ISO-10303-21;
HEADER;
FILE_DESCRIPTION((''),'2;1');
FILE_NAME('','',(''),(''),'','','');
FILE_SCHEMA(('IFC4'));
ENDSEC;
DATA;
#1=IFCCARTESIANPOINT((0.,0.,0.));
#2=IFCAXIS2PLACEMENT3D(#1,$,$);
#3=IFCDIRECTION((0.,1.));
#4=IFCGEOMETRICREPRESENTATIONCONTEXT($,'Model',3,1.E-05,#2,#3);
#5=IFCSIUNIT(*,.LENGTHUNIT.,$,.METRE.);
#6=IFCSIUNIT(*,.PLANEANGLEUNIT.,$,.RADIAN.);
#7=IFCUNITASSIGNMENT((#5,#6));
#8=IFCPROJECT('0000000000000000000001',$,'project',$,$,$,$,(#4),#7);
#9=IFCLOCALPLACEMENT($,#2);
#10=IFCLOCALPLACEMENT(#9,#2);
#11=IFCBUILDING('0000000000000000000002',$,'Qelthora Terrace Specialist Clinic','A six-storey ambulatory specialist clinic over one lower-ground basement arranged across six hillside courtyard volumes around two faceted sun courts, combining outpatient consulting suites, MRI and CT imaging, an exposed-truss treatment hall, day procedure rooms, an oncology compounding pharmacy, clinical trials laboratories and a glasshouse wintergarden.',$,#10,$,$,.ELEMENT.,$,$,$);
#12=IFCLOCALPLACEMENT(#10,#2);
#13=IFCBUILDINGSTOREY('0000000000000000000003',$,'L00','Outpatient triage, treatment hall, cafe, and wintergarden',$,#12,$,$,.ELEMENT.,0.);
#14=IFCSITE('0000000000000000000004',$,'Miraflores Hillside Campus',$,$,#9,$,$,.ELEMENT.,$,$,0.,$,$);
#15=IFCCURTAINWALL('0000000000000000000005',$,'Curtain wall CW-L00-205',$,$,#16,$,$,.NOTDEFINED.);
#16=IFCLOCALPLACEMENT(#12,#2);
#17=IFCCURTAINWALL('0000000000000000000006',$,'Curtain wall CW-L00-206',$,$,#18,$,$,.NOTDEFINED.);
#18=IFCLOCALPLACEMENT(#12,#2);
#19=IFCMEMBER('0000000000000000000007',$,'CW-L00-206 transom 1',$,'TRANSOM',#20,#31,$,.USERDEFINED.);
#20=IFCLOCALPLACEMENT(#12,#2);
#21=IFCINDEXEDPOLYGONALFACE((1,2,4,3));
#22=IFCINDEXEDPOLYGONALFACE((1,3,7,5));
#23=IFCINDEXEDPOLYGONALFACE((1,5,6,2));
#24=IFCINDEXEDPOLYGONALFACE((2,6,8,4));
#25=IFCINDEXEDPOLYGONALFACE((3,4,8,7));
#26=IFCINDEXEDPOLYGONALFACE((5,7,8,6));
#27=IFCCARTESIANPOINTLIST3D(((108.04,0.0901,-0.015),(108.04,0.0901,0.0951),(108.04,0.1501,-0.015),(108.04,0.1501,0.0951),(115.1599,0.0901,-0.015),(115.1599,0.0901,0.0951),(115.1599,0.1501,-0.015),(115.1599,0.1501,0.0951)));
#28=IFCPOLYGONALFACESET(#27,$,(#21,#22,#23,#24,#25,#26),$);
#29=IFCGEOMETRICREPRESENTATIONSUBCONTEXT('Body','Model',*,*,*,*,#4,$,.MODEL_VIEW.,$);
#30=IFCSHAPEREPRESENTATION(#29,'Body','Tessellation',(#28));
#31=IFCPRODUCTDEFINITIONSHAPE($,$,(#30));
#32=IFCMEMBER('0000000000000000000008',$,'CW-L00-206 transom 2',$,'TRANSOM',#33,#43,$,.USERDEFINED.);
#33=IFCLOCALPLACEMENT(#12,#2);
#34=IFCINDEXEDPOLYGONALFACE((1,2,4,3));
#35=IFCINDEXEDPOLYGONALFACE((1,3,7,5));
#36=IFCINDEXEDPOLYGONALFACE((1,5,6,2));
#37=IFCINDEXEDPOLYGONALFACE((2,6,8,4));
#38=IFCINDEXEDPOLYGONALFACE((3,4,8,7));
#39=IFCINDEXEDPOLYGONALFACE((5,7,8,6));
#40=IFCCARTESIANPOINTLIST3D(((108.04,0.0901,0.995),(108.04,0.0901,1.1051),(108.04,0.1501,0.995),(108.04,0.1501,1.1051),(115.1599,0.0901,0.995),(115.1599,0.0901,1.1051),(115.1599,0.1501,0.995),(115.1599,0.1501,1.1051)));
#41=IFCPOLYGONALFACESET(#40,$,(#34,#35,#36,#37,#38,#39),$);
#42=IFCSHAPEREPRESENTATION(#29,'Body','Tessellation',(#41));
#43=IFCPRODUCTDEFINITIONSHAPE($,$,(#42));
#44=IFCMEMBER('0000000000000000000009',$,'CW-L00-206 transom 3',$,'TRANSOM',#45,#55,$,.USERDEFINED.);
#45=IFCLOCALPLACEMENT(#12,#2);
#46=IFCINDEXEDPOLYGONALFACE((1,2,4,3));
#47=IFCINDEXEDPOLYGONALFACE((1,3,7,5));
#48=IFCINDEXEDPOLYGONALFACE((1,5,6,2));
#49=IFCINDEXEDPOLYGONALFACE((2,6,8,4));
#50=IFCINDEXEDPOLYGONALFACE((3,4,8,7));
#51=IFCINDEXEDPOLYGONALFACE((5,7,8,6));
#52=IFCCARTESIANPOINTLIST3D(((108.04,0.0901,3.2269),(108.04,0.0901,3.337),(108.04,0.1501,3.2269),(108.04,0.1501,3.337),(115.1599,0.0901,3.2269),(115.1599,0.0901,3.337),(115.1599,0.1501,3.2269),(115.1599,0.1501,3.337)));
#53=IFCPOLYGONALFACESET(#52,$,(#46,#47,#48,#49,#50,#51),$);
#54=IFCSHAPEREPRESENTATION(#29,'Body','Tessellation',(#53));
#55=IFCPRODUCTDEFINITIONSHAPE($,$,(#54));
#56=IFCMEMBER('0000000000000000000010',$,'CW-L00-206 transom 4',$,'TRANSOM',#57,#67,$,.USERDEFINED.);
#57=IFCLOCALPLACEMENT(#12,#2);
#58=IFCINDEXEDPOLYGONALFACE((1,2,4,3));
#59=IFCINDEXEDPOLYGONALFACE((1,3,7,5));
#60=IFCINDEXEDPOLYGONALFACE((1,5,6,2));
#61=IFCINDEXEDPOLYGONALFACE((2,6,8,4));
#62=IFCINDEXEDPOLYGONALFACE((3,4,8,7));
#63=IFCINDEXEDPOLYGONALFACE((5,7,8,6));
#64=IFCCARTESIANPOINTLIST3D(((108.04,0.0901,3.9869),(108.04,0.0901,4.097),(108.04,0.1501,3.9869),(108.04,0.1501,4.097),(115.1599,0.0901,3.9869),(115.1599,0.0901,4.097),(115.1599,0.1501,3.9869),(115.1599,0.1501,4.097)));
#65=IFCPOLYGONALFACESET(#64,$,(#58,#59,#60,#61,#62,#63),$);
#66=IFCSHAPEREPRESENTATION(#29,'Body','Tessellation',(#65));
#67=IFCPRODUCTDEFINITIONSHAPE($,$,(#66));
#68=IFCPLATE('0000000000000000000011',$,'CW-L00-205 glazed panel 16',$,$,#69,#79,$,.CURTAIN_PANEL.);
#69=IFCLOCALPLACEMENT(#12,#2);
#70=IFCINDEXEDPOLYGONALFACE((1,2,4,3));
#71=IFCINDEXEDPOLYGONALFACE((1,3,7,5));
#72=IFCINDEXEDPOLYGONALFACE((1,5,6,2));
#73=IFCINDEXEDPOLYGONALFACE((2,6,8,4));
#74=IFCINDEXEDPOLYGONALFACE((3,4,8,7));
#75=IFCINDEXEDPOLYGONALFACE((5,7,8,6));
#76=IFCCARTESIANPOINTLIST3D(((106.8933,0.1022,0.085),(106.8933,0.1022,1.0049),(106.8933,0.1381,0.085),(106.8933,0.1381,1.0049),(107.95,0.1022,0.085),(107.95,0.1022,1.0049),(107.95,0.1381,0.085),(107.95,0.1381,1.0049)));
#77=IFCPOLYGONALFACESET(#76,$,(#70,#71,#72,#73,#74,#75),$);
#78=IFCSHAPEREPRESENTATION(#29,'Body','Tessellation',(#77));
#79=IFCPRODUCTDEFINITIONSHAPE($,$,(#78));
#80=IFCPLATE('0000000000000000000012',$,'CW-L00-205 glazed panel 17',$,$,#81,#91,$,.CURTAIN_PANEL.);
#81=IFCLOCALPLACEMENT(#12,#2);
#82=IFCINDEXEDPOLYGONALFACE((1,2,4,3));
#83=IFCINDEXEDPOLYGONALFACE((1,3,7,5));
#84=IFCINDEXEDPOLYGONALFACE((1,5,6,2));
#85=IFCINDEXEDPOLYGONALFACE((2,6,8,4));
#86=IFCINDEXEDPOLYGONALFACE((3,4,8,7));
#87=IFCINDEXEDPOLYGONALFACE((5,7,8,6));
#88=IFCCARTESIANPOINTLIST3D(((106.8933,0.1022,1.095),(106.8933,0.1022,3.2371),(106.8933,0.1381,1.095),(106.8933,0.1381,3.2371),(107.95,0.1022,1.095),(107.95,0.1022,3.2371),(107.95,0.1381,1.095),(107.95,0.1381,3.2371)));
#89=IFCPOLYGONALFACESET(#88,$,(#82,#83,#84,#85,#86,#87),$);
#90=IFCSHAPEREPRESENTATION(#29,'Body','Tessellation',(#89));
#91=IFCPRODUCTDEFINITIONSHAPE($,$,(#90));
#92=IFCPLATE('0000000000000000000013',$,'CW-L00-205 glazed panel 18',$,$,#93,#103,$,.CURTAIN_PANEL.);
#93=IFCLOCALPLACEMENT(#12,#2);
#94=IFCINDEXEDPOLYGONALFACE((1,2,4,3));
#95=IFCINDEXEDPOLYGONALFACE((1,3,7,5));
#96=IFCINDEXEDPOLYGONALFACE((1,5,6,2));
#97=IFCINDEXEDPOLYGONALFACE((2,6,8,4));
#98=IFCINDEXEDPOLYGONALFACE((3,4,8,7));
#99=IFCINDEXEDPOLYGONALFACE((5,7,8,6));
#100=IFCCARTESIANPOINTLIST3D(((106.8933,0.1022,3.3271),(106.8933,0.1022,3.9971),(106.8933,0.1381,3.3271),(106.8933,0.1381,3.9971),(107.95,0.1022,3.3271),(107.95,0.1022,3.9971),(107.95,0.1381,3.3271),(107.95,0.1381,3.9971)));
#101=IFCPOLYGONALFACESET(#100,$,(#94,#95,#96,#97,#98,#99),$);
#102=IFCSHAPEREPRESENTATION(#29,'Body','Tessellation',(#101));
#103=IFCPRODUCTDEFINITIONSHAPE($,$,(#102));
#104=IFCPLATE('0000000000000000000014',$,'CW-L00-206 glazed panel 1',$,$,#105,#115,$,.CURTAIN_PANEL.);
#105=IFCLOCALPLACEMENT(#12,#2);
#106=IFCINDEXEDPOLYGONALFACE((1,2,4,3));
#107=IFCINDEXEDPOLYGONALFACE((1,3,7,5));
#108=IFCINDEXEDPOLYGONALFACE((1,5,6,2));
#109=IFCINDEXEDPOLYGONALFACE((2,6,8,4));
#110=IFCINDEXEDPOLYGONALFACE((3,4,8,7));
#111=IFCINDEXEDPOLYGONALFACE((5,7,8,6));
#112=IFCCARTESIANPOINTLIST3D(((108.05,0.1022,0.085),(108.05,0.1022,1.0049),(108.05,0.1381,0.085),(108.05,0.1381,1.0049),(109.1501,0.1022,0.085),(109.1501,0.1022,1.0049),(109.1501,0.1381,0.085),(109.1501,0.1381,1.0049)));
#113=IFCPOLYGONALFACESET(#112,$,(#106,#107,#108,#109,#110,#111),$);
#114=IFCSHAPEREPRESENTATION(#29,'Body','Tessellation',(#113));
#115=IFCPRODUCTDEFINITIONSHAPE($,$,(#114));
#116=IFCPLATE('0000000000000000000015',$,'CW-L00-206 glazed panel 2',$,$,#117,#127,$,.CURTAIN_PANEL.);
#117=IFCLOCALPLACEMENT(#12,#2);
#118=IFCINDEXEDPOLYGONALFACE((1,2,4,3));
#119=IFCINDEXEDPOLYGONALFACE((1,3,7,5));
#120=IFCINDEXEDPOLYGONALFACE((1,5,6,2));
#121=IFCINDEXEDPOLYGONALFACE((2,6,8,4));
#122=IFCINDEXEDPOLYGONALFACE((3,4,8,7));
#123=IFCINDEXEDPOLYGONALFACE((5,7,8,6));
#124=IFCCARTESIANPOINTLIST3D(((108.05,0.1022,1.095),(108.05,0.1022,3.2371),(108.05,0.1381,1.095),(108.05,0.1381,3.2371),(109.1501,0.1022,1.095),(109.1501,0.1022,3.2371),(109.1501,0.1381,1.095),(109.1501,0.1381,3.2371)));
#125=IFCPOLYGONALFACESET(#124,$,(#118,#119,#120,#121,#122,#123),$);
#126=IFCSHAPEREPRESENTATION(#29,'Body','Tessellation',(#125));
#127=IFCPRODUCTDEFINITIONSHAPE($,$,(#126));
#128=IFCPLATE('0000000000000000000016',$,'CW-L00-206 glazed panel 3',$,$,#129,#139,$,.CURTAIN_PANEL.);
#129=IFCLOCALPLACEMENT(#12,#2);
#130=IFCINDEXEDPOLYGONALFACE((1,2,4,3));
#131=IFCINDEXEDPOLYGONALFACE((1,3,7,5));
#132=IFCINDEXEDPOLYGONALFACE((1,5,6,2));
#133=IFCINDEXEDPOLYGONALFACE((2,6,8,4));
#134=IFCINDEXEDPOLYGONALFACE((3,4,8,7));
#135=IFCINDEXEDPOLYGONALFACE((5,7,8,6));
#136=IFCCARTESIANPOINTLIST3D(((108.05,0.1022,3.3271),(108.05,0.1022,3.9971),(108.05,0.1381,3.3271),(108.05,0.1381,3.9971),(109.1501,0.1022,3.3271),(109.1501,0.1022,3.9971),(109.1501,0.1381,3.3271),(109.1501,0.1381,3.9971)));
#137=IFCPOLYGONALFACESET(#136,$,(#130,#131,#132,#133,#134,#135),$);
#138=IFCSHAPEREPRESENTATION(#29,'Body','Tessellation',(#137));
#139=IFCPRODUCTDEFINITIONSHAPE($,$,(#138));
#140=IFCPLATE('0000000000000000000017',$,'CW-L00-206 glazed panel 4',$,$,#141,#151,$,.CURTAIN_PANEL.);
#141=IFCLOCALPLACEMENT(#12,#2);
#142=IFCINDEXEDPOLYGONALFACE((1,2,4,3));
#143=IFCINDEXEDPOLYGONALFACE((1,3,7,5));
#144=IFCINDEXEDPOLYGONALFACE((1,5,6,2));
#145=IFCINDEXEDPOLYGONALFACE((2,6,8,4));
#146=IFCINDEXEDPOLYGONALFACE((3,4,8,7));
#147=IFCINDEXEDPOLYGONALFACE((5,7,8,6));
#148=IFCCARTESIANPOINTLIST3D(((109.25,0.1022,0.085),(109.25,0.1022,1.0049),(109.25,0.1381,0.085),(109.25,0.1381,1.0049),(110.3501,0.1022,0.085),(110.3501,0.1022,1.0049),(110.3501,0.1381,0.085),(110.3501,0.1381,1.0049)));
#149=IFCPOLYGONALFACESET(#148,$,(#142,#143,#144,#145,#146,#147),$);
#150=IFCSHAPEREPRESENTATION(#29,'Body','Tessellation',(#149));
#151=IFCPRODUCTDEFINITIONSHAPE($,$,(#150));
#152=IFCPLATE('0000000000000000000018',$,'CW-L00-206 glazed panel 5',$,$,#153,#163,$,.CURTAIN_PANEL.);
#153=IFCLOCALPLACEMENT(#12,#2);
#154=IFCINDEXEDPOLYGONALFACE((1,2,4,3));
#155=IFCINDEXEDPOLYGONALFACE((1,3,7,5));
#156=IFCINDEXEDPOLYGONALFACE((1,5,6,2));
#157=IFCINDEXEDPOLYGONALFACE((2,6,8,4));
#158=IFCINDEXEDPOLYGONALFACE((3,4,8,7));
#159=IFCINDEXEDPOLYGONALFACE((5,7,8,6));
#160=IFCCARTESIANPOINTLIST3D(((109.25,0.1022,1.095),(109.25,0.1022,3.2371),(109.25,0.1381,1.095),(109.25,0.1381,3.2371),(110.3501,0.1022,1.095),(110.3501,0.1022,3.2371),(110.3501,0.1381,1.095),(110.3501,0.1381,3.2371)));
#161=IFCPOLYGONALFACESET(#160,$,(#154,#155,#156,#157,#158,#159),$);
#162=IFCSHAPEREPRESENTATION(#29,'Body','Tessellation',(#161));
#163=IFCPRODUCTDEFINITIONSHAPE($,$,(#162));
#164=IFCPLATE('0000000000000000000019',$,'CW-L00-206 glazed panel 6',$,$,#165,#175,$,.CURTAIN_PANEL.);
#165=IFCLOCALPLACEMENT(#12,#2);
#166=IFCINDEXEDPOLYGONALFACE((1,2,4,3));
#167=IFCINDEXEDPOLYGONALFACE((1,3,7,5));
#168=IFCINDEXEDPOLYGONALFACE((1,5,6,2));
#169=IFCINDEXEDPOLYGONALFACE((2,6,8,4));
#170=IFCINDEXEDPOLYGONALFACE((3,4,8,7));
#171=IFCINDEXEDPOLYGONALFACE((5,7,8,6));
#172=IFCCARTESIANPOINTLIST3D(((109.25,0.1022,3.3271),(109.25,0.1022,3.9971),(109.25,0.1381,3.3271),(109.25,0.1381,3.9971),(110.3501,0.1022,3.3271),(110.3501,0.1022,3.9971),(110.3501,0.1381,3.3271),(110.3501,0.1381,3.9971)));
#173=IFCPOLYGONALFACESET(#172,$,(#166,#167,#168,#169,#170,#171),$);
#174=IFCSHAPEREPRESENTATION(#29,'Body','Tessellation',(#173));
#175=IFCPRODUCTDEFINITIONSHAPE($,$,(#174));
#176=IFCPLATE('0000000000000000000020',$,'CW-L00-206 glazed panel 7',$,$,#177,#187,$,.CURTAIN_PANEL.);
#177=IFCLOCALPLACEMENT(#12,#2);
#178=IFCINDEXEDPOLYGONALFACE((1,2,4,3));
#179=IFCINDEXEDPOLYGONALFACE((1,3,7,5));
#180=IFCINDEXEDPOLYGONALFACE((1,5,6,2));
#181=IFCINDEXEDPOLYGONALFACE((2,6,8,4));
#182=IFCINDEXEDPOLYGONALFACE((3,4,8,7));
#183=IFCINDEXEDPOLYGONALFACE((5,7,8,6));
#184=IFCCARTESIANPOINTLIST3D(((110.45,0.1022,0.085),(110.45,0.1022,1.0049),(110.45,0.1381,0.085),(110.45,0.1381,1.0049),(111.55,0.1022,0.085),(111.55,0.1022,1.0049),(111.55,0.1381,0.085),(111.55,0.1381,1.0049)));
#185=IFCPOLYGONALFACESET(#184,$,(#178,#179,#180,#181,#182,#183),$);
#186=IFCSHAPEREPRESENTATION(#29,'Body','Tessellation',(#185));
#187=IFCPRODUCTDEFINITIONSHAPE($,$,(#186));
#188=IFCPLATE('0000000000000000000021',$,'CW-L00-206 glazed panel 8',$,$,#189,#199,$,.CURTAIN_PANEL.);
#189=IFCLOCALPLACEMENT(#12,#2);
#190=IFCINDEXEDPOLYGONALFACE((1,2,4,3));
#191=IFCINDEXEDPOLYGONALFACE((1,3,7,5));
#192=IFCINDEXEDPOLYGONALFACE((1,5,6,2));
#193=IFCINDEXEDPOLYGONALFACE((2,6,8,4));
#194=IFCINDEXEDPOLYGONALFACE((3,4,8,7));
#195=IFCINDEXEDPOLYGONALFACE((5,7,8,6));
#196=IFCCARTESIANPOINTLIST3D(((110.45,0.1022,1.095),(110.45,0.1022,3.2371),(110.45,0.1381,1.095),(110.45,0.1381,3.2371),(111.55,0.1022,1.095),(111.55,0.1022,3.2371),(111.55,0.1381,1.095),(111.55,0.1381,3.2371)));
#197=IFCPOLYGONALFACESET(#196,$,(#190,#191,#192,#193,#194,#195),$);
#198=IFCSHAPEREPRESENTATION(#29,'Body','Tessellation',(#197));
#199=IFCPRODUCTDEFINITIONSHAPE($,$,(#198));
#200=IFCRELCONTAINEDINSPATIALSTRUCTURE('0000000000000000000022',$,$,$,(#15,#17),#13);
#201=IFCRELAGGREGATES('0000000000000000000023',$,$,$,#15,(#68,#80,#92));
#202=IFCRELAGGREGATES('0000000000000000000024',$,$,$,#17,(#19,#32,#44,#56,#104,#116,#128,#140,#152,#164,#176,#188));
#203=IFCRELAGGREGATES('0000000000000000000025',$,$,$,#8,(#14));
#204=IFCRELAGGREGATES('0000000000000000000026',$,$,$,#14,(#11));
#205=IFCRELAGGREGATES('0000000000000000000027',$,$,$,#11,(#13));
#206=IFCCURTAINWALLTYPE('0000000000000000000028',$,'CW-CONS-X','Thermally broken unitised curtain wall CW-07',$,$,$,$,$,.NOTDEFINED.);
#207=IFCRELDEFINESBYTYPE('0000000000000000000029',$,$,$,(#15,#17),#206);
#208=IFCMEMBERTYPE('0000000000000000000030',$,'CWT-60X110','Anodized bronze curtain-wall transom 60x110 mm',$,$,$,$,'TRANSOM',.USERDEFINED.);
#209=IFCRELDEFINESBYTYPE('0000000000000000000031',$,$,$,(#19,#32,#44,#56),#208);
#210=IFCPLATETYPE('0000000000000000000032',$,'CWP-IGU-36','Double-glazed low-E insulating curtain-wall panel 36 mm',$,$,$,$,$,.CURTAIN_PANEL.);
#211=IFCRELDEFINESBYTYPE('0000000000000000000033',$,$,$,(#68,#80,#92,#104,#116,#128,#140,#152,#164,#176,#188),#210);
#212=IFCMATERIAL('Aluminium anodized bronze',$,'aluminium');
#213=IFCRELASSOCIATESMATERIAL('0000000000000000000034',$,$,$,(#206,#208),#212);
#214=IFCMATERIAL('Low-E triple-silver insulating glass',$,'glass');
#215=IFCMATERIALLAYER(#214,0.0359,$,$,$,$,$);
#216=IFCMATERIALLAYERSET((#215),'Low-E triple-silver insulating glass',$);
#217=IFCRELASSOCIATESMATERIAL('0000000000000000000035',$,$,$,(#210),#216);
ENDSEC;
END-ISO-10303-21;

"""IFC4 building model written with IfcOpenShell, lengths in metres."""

from ifc_helpers import new_model, si_unit, direction, frame, origin, origin_2d, place, context, subcontext, project, spatial, rectangle, extrude, material, layer, layer_set, material_profile, profile_set, type_object, element, aggregate, save


model = new_model("IFC4")

# Units and contexts
model_context = context("Model", 3, precision=1e-05, world=origin(), true_north=direction((0.0, 1.0)))
body_context = subcontext(model_context, "Body", "Model", "MODEL_VIEW")
ifc_project = project(units=[si_unit("LENGTHUNIT", "METRE"), si_unit("PLANEANGLEUNIT", "RADIAN")], contexts=[model_context])

# Site, building, storey
site_placement = place(None, origin())
site = spatial("IfcSite", under=ifc_project, at=site_placement, Name="Miraflores Hillside Campus", CompositionType="ELEMENT", RefElevation=0.0)
building_placement = place(site_placement, origin())
building = spatial("IfcBuilding", under=site, at=building_placement, Name="Qelthora Terrace Specialist Clinic", Description="A six-storey ambulatory specialist clinic over one lower-ground basement arranged across six hillside courtyard volumes around two faceted sun courts, combining outpatient consulting suites, MRI and CT imaging, an exposed-truss treatment hall, day procedure rooms, an oncology compounding pharmacy, clinical trials laboratories and a glasshouse wintergarden.", CompositionType="ELEMENT")
storey_placement = place(building_placement, origin())
storey = spatial("IfcBuildingStorey", under=building, at=storey_placement, Name="L00", Description="Outpatient triage, treatment hall, cafe, and wintergarden", CompositionType="ELEMENT", Elevation=0.0)

# Curtain wall
ifc_material_1 = material(Name="Aluminium anodized bronze", Category="aluminium")
curtain_wall_type = type_object("IfcCurtainWallType", Name="CW-CONS-X", Description="Thermally broken unitised curtain wall CW-07", PredefinedType="NOTDEFINED", material=ifc_material_1)
curtain_wall_1_placement = place(storey_placement, origin())
curtain_wall_1 = element("IfcCurtainWall", 1, at=curtain_wall_1_placement, inside=storey, type_object=curtain_wall_type, Name="Curtain wall CW-L00-205", PredefinedType="NOTDEFINED")

# Curtain wall, members
curtain_wall_2_placement = place(storey_placement, origin())
curtain_wall_2 = element("IfcCurtainWall", 2, at=curtain_wall_2_placement, inside=storey, type_object=curtain_wall_type, Name="Curtain wall CW-L00-206", PredefinedType="NOTDEFINED")
ifc_material_profile_1 = material_profile(ifc_material_1, rectangle(XDim=0.0601, YDim=0.1101, at=origin_2d()), Name="CWT60X110")
ifc_profile_set_1 = profile_set([ifc_material_profile_1], Name="Aluminium anodized bronze")
member_type_1 = type_object("IfcMemberType", Name="CWT-60X110", Description="Anodized bronze curtain-wall transom 60x110 mm", ElementType="TRANSOM", PredefinedType="USERDEFINED", material=ifc_profile_set_1)
member_1_placement = place(storey_placement, frame((108.04, 0.1201, 0.04), z_axis=(1.0, 0.0, 0.0), x_axis=(0.0, 1.0, 0.0)))
member_1 = element("IfcMember", 3, at=member_1_placement, type_object=member_type_1, Name="CW-L00-206 transom 1", ObjectType="TRANSOM", PredefinedType="USERDEFINED", context=body_context, shape_type="SweptSolid", body=[
    extrude(rectangle(XDim=0.0601, YDim=0.1101, at=origin_2d()), origin(), (0.0, 0.0, 1.0), 7.1199),
])
member_2_placement = place(storey_placement, frame((108.04, 0.1201, 1.05), z_axis=(1.0, 0.0, 0.0), x_axis=(0.0, 1.0, 0.0)))
member_2 = element("IfcMember", 4, at=member_2_placement, type_object=member_type_1, Name="CW-L00-206 transom 2", ObjectType="TRANSOM", PredefinedType="USERDEFINED", context=body_context, shape_type="SweptSolid", body=[
    extrude(rectangle(XDim=0.0601, YDim=0.1101, at=origin_2d()), origin(), (0.0, 0.0, 1.0), 7.1199),
])
member_3_placement = place(storey_placement, frame((108.04, 0.1201, 3.282), z_axis=(1.0, 0.0, 0.0), x_axis=(0.0, 1.0, 0.0)))
member_3 = element("IfcMember", 5, at=member_3_placement, type_object=member_type_1, Name="CW-L00-206 transom 3", ObjectType="TRANSOM", PredefinedType="USERDEFINED", context=body_context, shape_type="SweptSolid", body=[
    extrude(rectangle(XDim=0.0601, YDim=0.1101, at=origin_2d()), origin(), (0.0, 0.0, 1.0), 7.1199),
])
member_4_placement = place(storey_placement, frame((108.04, 0.1201, 4.042), z_axis=(1.0, 0.0, 0.0), x_axis=(0.0, 1.0, 0.0)))
member_4 = element("IfcMember", 6, at=member_4_placement, type_object=member_type_1, Name="CW-L00-206 transom 4", ObjectType="TRANSOM", PredefinedType="USERDEFINED", context=body_context, shape_type="SweptSolid", body=[
    extrude(rectangle(XDim=0.0601, YDim=0.1101, at=origin_2d()), origin(), (0.0, 0.0, 1.0), 7.1199),
])

# Plates
ifc_material_2 = material(Name="Low-E triple-silver insulating glass", Category="glass")
ifc_layer_1 = layer(ifc_material_2, 0.0359)
ifc_layer_set_1 = layer_set([ifc_layer_1], Name="Low-E triple-silver insulating glass")
plate_type_1 = type_object("IfcPlateType", Name="CWP-IGU-36", Description="Double-glazed low-E insulating curtain-wall panel 36 mm", PredefinedType="CURTAIN_PANEL", material=ifc_layer_set_1)
plate_1_placement = place(storey_placement, frame((107.4216, 0.1201, 0.085), z_axis=(0.0, 0.0, 1.0), x_axis=(1.0, 0.0, 0.0)))
plate_1 = element("IfcPlate", 7, at=plate_1_placement, type_object=plate_type_1, Name="CW-L00-205 glazed panel 16", PredefinedType="CURTAIN_PANEL", context=body_context, shape_type="SweptSolid", body=[
    extrude(rectangle(XDim=1.0566, YDim=0.0359, at=origin_2d()), origin(), (0.0, 0.0, 1.0), 0.9199),
])
plate_2_placement = place(storey_placement, frame((107.4216, 0.1201, 1.095), z_axis=(0.0, 0.0, 1.0), x_axis=(1.0, 0.0, 0.0)))
plate_2 = element("IfcPlate", 8, at=plate_2_placement, type_object=plate_type_1, Name="CW-L00-205 glazed panel 17", PredefinedType="CURTAIN_PANEL", context=body_context, shape_type="SweptSolid", body=[
    extrude(rectangle(XDim=1.0566, YDim=0.0359, at=origin_2d()), origin(), (0.0, 0.0, 1.0), 2.1421),
])
plate_3_placement = place(storey_placement, frame((107.4216, 0.1201, 3.3271), z_axis=(0.0, 0.0, 1.0), x_axis=(1.0, 0.0, 0.0)))
plate_3 = element("IfcPlate", 9, at=plate_3_placement, type_object=plate_type_1, Name="CW-L00-205 glazed panel 18", PredefinedType="CURTAIN_PANEL", context=body_context, shape_type="SweptSolid", body=[
    extrude(rectangle(XDim=1.0566, YDim=0.0359, at=origin_2d()), origin(), (0.0, 0.0, 1.0), 0.6699),
])
aggregate(curtain_wall_1, [plate_1, plate_2, plate_3])
plate_4_placement = place(storey_placement, frame((108.6001, 0.1201, 0.085), z_axis=(0.0, 0.0, 1.0), x_axis=(1.0, 0.0, 0.0)))
plate_4 = element("IfcPlate", 10, at=plate_4_placement, type_object=plate_type_1, Name="CW-L00-206 glazed panel 1", PredefinedType="CURTAIN_PANEL", context=body_context, shape_type="SweptSolid", body=[
    extrude(rectangle(XDim=1.1001, YDim=0.0359, at=origin_2d()), origin(), (0.0, 0.0, 1.0), 0.9199),
])
plate_5_placement = place(storey_placement, frame((108.6001, 0.1201, 1.095), z_axis=(0.0, 0.0, 1.0), x_axis=(1.0, 0.0, 0.0)))
plate_5 = element("IfcPlate", 11, at=plate_5_placement, type_object=plate_type_1, Name="CW-L00-206 glazed panel 2", PredefinedType="CURTAIN_PANEL", context=body_context, shape_type="SweptSolid", body=[
    extrude(rectangle(XDim=1.1001, YDim=0.0359, at=origin_2d()), origin(), (0.0, 0.0, 1.0), 2.1421),
])
plate_6_placement = place(storey_placement, frame((108.6001, 0.1201, 3.3271), z_axis=(0.0, 0.0, 1.0), x_axis=(1.0, 0.0, 0.0)))
plate_6 = element("IfcPlate", 12, at=plate_6_placement, type_object=plate_type_1, Name="CW-L00-206 glazed panel 3", PredefinedType="CURTAIN_PANEL", context=body_context, shape_type="SweptSolid", body=[
    extrude(rectangle(XDim=1.1001, YDim=0.0359, at=origin_2d()), origin(), (0.0, 0.0, 1.0), 0.6699),
])
plate_7_placement = place(storey_placement, frame((109.8, 0.1201, 0.085), z_axis=(0.0, 0.0, 1.0), x_axis=(1.0, 0.0, 0.0)))
plate_7 = element("IfcPlate", 13, at=plate_7_placement, type_object=plate_type_1, Name="CW-L00-206 glazed panel 4", PredefinedType="CURTAIN_PANEL", context=body_context, shape_type="SweptSolid", body=[
    extrude(rectangle(XDim=1.1001, YDim=0.0359, at=origin_2d()), origin(), (0.0, 0.0, 1.0), 0.9199),
])
plate_8_placement = place(storey_placement, frame((109.8, 0.1201, 1.095), z_axis=(0.0, 0.0, 1.0), x_axis=(1.0, 0.0, 0.0)))
plate_8 = element("IfcPlate", 14, at=plate_8_placement, type_object=plate_type_1, Name="CW-L00-206 glazed panel 5", PredefinedType="CURTAIN_PANEL", context=body_context, shape_type="SweptSolid", body=[
    extrude(rectangle(XDim=1.1001, YDim=0.0359, at=origin_2d()), origin(), (0.0, 0.0, 1.0), 2.1421),
])
plate_9_placement = place(storey_placement, frame((109.8, 0.1201, 3.3271), z_axis=(0.0, 0.0, 1.0), x_axis=(1.0, 0.0, 0.0)))
plate_9 = element("IfcPlate", 15, at=plate_9_placement, type_object=plate_type_1, Name="CW-L00-206 glazed panel 6", PredefinedType="CURTAIN_PANEL", context=body_context, shape_type="SweptSolid", body=[
    extrude(rectangle(XDim=1.1001, YDim=0.0359, at=origin_2d()), origin(), (0.0, 0.0, 1.0), 0.6699),
])
plate_10_placement = place(storey_placement, frame((111.0, 0.1201, 0.085), z_axis=(0.0, 0.0, 1.0), x_axis=(1.0, 0.0, 0.0)))
plate_10 = element("IfcPlate", 16, at=plate_10_placement, type_object=plate_type_1, Name="CW-L00-206 glazed panel 7", PredefinedType="CURTAIN_PANEL", context=body_context, shape_type="SweptSolid", body=[
    extrude(rectangle(XDim=1.1001, YDim=0.0359, at=origin_2d()), origin(), (0.0, 0.0, 1.0), 0.9199),
])
plate_11_placement = place(storey_placement, frame((111.0, 0.1201, 1.095), z_axis=(0.0, 0.0, 1.0), x_axis=(1.0, 0.0, 0.0)))
plate_11 = element("IfcPlate", 17, at=plate_11_placement, type_object=plate_type_1, Name="CW-L00-206 glazed panel 8", PredefinedType="CURTAIN_PANEL", context=body_context, shape_type="SweptSolid", body=[
    extrude(rectangle(XDim=1.1001, YDim=0.0359, at=origin_2d()), origin(), (0.0, 0.0, 1.0), 2.1421),
])
aggregate(curtain_wall_2, [member_1, member_2, member_3, member_4, plate_4, plate_5, plate_6, plate_7, plate_8, plate_9, plate_10, plate_11])

save(model, "model.ifc")
